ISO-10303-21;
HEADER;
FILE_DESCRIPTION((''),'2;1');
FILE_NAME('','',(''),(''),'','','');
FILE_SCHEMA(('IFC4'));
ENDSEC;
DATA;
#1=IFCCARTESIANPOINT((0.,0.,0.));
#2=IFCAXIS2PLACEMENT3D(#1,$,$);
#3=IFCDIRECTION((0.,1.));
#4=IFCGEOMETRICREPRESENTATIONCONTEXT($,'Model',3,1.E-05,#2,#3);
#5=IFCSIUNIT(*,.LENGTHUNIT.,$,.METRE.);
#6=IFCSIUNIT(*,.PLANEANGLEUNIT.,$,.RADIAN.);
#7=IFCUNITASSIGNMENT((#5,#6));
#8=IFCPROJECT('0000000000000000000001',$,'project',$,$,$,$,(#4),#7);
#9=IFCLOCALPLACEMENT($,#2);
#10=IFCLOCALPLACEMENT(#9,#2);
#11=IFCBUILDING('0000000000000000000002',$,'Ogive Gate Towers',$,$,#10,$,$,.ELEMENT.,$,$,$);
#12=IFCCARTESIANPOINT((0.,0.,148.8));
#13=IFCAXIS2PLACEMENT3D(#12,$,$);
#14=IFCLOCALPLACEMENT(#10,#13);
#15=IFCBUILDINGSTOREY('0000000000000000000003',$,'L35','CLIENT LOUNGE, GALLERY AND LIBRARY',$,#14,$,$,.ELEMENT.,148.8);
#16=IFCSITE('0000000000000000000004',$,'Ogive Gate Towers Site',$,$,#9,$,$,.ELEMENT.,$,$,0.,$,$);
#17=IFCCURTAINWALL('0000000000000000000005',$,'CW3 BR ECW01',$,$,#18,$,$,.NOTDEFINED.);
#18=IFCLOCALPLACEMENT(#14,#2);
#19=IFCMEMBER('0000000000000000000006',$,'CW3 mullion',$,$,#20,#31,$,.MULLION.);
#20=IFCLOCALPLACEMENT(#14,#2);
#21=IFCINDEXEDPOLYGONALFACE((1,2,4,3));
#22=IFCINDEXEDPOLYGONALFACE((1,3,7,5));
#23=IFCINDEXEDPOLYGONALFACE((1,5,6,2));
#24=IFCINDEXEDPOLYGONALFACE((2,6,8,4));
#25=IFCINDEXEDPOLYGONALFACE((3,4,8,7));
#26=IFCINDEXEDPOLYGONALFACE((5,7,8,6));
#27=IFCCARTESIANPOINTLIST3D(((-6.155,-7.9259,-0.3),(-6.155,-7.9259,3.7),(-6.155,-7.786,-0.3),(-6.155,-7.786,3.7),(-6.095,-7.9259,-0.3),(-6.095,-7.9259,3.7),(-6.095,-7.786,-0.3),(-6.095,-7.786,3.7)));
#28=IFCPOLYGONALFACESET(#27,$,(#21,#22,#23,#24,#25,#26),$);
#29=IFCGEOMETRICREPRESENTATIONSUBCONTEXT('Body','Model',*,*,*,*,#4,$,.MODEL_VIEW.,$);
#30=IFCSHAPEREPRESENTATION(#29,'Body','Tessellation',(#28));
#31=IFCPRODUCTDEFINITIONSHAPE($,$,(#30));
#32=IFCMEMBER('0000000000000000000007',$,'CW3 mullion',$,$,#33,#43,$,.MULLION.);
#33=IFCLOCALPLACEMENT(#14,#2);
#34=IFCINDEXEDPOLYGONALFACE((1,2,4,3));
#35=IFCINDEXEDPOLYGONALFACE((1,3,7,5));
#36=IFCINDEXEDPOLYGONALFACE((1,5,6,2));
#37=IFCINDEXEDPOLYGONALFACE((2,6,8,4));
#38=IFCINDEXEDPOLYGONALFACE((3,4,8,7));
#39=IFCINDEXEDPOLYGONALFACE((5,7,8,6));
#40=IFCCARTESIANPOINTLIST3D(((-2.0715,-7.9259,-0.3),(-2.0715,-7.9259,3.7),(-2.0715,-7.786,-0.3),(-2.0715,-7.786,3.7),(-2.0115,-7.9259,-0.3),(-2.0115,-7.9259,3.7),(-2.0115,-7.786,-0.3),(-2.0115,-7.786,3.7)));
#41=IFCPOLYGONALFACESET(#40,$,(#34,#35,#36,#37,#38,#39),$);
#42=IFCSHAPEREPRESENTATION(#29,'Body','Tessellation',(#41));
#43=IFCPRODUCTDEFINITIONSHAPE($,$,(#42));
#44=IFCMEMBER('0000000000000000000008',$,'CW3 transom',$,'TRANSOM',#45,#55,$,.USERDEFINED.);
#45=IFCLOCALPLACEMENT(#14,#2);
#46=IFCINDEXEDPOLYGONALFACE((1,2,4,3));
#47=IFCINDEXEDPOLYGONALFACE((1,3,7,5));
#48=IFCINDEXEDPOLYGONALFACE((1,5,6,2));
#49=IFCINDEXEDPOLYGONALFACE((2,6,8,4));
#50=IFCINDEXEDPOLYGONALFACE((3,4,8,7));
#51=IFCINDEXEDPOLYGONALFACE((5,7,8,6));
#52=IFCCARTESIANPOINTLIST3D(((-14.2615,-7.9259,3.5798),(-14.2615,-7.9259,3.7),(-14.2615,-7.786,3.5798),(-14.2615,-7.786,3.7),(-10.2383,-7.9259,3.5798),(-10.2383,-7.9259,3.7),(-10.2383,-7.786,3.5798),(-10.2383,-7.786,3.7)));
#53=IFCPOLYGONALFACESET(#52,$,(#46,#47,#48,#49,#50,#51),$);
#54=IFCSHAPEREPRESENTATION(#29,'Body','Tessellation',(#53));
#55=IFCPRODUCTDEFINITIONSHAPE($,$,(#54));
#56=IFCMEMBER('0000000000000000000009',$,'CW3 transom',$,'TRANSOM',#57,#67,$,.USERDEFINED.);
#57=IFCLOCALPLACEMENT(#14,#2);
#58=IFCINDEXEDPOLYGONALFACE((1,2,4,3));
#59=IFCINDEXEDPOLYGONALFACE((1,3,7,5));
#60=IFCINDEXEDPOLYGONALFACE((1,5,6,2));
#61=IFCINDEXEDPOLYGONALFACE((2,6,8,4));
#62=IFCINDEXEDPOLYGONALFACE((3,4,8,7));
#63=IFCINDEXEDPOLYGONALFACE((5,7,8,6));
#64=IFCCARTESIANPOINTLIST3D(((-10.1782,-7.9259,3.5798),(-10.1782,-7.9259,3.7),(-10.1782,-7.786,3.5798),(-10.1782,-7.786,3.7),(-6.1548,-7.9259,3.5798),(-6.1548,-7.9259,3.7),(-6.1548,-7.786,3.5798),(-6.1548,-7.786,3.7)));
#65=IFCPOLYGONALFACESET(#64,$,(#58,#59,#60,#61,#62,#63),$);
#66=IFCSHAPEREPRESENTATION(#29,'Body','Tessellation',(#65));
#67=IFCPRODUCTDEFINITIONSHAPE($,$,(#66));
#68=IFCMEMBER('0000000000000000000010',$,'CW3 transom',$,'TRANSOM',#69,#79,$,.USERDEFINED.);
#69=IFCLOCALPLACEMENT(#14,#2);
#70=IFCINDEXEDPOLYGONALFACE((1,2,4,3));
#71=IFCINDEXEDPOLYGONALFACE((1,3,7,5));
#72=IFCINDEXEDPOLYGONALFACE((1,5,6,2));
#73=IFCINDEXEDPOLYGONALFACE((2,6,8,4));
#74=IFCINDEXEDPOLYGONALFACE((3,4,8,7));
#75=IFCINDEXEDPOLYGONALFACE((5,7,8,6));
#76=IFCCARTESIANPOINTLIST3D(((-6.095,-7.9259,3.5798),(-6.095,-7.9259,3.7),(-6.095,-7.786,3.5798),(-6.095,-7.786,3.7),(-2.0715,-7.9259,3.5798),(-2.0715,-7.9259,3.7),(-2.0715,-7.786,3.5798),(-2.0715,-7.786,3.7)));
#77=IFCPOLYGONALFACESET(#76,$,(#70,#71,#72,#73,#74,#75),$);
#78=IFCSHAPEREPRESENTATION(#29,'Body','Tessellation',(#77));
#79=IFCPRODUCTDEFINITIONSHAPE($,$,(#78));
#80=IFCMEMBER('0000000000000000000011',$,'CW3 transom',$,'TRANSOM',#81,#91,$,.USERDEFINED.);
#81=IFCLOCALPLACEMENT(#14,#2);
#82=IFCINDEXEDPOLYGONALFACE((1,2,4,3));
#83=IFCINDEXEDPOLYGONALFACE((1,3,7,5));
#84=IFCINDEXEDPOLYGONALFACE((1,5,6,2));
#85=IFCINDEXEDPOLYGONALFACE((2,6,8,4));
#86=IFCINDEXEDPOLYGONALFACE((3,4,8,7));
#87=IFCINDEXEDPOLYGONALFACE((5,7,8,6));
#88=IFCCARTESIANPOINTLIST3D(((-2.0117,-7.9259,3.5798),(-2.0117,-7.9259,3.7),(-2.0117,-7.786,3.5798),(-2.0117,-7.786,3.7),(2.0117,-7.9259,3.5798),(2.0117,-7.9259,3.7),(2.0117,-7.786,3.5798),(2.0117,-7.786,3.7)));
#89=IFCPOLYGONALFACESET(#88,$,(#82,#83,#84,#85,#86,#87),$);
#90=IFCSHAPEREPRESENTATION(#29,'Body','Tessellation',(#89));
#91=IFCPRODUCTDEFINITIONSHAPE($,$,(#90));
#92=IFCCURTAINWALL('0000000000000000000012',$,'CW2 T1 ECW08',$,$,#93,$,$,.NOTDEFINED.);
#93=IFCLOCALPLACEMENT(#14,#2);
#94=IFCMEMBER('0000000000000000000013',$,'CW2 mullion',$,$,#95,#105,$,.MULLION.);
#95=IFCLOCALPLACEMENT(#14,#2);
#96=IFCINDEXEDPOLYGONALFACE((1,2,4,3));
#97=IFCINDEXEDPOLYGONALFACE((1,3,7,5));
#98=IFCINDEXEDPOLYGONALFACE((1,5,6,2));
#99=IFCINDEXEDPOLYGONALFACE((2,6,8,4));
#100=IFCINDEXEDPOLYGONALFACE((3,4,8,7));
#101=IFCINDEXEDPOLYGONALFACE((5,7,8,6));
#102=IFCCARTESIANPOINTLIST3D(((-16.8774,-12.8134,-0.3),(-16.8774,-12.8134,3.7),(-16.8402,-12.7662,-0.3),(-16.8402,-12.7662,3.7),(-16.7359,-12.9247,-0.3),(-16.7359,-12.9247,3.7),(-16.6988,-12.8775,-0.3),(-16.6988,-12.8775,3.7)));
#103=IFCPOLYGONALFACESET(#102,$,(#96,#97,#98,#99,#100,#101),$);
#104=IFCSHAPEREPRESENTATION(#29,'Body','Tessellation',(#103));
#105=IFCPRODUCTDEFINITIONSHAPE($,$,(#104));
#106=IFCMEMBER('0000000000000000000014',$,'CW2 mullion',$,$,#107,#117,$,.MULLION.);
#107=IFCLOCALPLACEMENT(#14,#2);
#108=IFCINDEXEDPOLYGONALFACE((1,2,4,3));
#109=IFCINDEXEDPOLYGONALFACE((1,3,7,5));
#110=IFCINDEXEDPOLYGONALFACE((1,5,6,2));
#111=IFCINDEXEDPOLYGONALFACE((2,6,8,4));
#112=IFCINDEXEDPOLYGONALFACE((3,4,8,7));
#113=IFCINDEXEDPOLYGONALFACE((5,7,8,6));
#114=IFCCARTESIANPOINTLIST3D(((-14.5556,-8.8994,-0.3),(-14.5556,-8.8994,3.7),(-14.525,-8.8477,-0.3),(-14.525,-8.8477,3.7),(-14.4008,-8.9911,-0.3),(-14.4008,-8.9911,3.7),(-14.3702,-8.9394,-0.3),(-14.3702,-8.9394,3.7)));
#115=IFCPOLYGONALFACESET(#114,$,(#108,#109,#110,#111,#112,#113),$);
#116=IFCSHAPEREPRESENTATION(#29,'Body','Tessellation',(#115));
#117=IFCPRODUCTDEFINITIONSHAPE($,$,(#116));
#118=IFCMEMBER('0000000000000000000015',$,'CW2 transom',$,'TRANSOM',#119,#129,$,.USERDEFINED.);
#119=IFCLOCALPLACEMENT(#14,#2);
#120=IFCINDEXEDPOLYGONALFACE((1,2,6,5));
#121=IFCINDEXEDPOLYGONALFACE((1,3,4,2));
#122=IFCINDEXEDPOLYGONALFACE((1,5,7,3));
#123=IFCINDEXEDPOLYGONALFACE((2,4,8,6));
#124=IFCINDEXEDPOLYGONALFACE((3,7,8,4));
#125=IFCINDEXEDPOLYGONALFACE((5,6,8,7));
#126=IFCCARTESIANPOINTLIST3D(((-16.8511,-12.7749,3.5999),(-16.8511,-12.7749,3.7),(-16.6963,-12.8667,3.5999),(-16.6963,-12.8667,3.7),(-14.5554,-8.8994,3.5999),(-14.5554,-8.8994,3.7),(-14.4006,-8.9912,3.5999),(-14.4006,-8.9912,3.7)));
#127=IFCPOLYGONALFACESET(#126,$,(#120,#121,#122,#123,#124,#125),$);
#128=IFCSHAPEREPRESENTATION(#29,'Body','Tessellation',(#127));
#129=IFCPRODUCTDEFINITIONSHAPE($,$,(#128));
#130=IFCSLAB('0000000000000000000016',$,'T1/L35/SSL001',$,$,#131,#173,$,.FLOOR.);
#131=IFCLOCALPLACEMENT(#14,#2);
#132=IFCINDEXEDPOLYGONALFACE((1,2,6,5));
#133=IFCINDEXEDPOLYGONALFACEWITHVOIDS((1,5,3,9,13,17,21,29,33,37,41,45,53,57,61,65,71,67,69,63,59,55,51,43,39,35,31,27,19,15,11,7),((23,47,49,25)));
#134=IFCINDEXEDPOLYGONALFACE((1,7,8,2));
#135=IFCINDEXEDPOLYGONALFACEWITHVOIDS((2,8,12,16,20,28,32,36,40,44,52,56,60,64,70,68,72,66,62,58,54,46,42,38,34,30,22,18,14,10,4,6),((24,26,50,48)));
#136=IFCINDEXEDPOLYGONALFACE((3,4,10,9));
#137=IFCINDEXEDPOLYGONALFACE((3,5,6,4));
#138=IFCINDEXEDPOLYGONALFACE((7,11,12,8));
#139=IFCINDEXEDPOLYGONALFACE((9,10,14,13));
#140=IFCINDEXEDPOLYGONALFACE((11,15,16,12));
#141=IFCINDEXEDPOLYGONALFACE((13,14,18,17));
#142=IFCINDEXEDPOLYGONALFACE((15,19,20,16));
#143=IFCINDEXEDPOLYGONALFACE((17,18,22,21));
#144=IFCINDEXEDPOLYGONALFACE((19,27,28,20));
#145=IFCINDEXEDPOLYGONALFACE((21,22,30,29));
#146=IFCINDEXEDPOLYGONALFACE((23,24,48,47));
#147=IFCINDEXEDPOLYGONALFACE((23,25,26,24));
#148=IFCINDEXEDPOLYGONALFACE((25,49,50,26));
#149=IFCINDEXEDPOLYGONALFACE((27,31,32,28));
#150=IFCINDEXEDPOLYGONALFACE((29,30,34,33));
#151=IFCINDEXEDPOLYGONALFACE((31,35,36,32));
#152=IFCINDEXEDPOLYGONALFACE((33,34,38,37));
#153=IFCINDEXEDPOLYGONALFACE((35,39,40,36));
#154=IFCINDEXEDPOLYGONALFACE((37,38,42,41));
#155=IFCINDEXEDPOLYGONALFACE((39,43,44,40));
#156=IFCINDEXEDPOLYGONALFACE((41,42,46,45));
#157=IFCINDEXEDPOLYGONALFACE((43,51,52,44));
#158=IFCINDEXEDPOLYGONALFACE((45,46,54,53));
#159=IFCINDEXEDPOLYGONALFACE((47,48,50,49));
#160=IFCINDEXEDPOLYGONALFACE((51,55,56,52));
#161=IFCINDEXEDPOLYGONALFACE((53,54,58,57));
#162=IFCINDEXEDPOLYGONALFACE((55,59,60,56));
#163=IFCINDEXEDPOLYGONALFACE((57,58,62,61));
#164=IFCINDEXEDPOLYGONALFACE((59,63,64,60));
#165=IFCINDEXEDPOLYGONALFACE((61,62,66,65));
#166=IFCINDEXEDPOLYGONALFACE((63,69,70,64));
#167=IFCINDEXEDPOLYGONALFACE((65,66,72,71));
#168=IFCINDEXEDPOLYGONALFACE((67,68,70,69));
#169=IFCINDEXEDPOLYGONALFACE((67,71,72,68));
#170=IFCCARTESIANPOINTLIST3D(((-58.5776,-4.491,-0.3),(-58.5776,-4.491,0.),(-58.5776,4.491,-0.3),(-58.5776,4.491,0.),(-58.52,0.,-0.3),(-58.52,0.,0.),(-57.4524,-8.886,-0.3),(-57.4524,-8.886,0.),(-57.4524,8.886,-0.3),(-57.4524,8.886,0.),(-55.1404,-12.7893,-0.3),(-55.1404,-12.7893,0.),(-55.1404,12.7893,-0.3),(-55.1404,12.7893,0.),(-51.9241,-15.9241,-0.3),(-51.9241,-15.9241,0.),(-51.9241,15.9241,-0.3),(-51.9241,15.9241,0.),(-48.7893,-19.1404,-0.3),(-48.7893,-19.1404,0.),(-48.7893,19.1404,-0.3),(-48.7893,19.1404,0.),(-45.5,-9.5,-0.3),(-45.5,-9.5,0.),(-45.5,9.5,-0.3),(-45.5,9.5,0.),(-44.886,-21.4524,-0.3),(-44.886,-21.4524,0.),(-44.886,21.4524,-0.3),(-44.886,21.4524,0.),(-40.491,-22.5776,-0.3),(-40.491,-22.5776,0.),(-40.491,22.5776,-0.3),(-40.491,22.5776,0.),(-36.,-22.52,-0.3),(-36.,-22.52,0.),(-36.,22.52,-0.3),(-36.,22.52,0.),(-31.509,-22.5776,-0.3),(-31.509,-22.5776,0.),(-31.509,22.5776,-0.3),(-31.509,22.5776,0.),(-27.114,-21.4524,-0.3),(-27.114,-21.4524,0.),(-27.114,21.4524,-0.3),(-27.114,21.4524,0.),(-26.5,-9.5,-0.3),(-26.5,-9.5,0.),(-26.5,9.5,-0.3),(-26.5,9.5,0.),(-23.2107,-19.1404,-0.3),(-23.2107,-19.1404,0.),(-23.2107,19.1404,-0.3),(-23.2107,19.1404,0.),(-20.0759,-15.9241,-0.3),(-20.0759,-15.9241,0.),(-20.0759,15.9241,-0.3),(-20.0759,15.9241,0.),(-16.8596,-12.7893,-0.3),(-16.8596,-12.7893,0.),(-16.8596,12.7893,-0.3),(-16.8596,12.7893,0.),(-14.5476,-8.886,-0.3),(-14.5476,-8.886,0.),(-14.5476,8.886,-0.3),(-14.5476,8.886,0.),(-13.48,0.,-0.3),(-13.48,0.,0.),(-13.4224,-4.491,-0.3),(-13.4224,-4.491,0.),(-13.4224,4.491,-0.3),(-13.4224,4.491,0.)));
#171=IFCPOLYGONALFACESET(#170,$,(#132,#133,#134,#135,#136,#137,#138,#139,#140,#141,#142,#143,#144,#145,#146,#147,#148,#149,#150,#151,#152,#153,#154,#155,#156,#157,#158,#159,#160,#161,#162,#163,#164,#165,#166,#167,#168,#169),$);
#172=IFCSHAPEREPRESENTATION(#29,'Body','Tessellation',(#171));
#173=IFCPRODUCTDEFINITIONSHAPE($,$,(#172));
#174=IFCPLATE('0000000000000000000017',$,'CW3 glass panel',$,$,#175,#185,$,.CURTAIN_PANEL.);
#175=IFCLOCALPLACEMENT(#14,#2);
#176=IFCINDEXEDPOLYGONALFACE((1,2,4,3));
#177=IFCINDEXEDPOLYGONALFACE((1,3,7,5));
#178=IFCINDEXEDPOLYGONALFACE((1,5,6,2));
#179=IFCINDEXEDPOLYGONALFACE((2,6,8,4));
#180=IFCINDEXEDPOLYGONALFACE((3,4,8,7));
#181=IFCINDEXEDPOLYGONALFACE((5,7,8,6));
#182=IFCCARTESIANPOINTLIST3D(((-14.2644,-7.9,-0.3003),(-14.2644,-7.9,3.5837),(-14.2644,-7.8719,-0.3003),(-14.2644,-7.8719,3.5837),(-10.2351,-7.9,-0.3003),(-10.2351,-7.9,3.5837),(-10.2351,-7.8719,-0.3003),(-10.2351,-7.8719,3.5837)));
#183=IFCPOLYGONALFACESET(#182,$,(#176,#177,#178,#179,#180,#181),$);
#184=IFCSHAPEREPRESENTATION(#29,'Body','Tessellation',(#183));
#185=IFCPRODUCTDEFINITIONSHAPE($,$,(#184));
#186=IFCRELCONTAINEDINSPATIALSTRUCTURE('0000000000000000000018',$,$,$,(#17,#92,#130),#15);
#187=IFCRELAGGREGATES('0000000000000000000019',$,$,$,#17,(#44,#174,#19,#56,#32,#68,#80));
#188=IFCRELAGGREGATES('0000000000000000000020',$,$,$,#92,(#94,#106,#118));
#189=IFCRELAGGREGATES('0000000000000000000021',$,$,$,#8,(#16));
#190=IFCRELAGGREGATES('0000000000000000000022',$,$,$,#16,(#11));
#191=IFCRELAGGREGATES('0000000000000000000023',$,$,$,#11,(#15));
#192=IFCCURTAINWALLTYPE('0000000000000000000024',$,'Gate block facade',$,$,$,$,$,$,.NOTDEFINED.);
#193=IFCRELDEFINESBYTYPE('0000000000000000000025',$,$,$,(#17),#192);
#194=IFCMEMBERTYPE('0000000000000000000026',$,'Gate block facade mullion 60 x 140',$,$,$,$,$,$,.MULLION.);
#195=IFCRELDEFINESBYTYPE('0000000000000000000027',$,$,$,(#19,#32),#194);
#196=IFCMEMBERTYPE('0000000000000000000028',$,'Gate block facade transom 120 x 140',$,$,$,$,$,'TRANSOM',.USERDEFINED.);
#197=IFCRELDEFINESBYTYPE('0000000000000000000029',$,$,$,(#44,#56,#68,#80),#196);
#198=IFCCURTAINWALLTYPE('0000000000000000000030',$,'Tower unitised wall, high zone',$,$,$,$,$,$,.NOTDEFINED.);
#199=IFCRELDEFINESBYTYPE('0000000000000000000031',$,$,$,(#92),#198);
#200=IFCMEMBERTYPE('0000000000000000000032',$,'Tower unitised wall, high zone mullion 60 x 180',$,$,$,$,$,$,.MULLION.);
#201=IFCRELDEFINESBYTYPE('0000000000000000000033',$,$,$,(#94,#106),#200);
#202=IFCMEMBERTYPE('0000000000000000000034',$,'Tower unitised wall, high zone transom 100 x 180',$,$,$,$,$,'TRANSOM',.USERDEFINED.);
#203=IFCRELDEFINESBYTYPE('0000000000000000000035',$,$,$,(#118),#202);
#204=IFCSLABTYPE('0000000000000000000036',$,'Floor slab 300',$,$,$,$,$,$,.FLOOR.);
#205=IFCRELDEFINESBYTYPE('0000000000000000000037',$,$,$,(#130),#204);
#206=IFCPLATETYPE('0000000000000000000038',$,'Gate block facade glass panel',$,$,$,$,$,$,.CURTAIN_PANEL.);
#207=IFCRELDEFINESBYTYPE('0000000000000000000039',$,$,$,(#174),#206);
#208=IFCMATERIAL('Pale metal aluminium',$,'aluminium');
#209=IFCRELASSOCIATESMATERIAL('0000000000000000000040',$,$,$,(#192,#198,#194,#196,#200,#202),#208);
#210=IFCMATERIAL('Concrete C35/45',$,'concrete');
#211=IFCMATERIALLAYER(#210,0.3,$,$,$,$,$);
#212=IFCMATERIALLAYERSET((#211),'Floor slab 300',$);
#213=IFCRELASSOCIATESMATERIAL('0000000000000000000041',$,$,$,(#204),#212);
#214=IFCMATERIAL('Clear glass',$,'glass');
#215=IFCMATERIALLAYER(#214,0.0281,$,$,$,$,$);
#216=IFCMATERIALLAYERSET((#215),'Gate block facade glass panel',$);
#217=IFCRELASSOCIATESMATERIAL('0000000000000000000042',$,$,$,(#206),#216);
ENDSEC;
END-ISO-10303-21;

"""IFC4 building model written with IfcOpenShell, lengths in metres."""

from ifc_helpers import new_model, si_unit, direction, frame, origin, origin_2d, place, context, subcontext, project, spatial, polyline, rectangle, outline, extrude, material, layer, layer_set, material_profile, profile_set, type_object, element, aggregate, save


model = new_model("IFC4")

# Units and contexts
model_context = context("Model", 3, precision=1e-05, world=origin(), true_north=direction((0.0, 1.0)))
body_context = subcontext(model_context, "Body", "Model", "MODEL_VIEW")
ifc_project = project(units=[si_unit("LENGTHUNIT", "METRE"), si_unit("PLANEANGLEUNIT", "RADIAN")], contexts=[model_context])

# Site, building, storey
site_placement = place(None, origin())
site = spatial("IfcSite", under=ifc_project, at=site_placement, Name="Ogive Gate Towers Site", CompositionType="ELEMENT", RefElevation=0.0)
building_placement = place(site_placement, origin())
building = spatial("IfcBuilding", under=site, at=building_placement, Name="Ogive Gate Towers", CompositionType="ELEMENT")
storey_placement = place(building_placement, frame((0.0, 0.0, 148.8)))
storey = spatial("IfcBuildingStorey", under=building, at=storey_placement, Name="L35", Description="CLIENT LOUNGE, GALLERY AND LIBRARY", CompositionType="ELEMENT", Elevation=148.8)

# Curtain walls, members
ifc_material_1 = material(Name="Pale metal aluminium", Category="aluminium")
curtain_wall_type_1 = type_object("IfcCurtainWallType", Name="Gate block facade", PredefinedType="NOTDEFINED", material=ifc_material_1)
curtain_wall_1_placement = place(storey_placement, origin())
curtain_wall_1 = element("IfcCurtainWall", 1, at=curtain_wall_1_placement, inside=storey, type_object=curtain_wall_type_1, Name="CW3 BR ECW01", PredefinedType="NOTDEFINED")
ifc_material_profile_1 = material_profile(ifc_material_1, rectangle(XDim=0.1399, YDim=0.0601, at=origin_2d()), Name="60 x 140 aluminium box")
ifc_profile_set_1 = profile_set([ifc_material_profile_1], Name="Pale metal aluminium")
member_type_1 = type_object("IfcMemberType", Name="Gate block facade mullion 60 x 140", PredefinedType="MULLION", material=ifc_profile_set_1)
member_1_placement = place(storey_placement, frame((-6.125, -7.856, -0.3), z_axis=(0.0, 0.0, 1.0), x_axis=(0.0, -1.0, 0.0)))
member_1 = element("IfcMember", 2, at=member_1_placement, type_object=member_type_1, Name="CW3 mullion", PredefinedType="MULLION", context=body_context, shape_type="SweptSolid", body=[
    extrude(rectangle(XDim=0.1399, YDim=0.0601, at=origin_2d()), origin(), (0.0, 0.0, 1.0), 4.0),
])
member_2_placement = place(storey_placement, frame((-2.0415, -7.856, -0.3), z_axis=(0.0, 0.0, 1.0), x_axis=(0.0, -1.0, 0.0)))
member_2 = element("IfcMember", 3, at=member_2_placement, type_object=member_type_1, Name="CW3 mullion", PredefinedType="MULLION", context=body_context, shape_type="SweptSolid", body=[
    extrude(rectangle(XDim=0.1399, YDim=0.0601, at=origin_2d()), origin(), (0.0, 0.0, 1.0), 4.0),
])
ifc_material_profile_2 = material_profile(ifc_material_1, rectangle(XDim=0.1399, YDim=0.1201, at=origin_2d()), Name="120 x 140 aluminium box")
ifc_profile_set_2 = profile_set([ifc_material_profile_2], Name="Pale metal aluminium")
member_type_2 = type_object("IfcMemberType", Name="Gate block facade transom 120 x 140", ElementType="TRANSOM", PredefinedType="USERDEFINED", material=ifc_profile_set_2)
member_3_placement = place(storey_placement, frame((-14.2615, -7.856, 3.6399), z_axis=(1.0, 0.0, 0.0), x_axis=(0.0, 1.0, 0.0)))
member_3 = element("IfcMember", 4, at=member_3_placement, type_object=member_type_2, Name="CW3 transom", ObjectType="TRANSOM", PredefinedType="USERDEFINED", context=body_context, shape_type="SweptSolid", body=[
    extrude(rectangle(XDim=0.1399, YDim=0.1201, at=origin_2d()), origin(), (0.0, 0.0, 1.0), 4.0232),
])
member_4_placement = place(storey_placement, frame((-10.1782, -7.856, 3.6399), z_axis=(1.0, 0.0, 0.0), x_axis=(0.0, 1.0, 0.0)))
member_4 = element("IfcMember", 5, at=member_4_placement, type_object=member_type_2, Name="CW3 transom", ObjectType="TRANSOM", PredefinedType="USERDEFINED", context=body_context, shape_type="SweptSolid", body=[
    extrude(rectangle(XDim=0.1399, YDim=0.1201, at=origin_2d()), origin(), (0.0, 0.0, 1.0), 4.0234),
])
member_5_placement = place(storey_placement, frame((-6.095, -7.856, 3.6399), z_axis=(1.0, 0.0, 0.0), x_axis=(0.0, 1.0, 0.0)))
member_5 = element("IfcMember", 6, at=member_5_placement, type_object=member_type_2, Name="CW3 transom", ObjectType="TRANSOM", PredefinedType="USERDEFINED", context=body_context, shape_type="SweptSolid", body=[
    extrude(rectangle(XDim=0.1399, YDim=0.1201, at=origin_2d()), origin(), (0.0, 0.0, 1.0), 4.0234),
])
member_6_placement = place(storey_placement, frame((-2.0117, -7.856, 3.6399), z_axis=(1.0, 0.0, 0.0), x_axis=(0.0, 1.0, 0.0)))
member_6 = element("IfcMember", 7, at=member_6_placement, type_object=member_type_2, Name="CW3 transom", ObjectType="TRANSOM", PredefinedType="USERDEFINED", context=body_context, shape_type="SweptSolid", body=[
    extrude(rectangle(XDim=0.1399, YDim=0.1201, at=origin_2d()), origin(), (0.0, 0.0, 1.0), 4.0234),
])
curtain_wall_type_2 = type_object("IfcCurtainWallType", Name="Tower unitised wall, high zone", PredefinedType="NOTDEFINED", material=ifc_material_1)
curtain_wall_2_placement = place(storey_placement, origin())
curtain_wall_2 = element("IfcCurtainWall", 8, at=curtain_wall_2_placement, inside=storey, type_object=curtain_wall_type_2, Name="CW2 T1 ECW08", PredefinedType="NOTDEFINED")
ifc_material_profile_3 = material_profile(ifc_material_1, rectangle(XDim=0.1799, YDim=0.0601, at=origin_2d()), Name="60 x 180 aluminium box")
ifc_profile_set_3 = profile_set([ifc_material_profile_3], Name="Pale metal aluminium")
member_type_3 = type_object("IfcMemberType", Name="Tower unitised wall, high zone mullion 60 x 180", PredefinedType="MULLION", material=ifc_profile_set_3)
member_7_placement = place(storey_placement, frame((-16.7881, -12.8455, -0.3), z_axis=(0.0, 0.0, 1.0), x_axis=(0.785997, -0.61823, 0.0)))
member_7 = element("IfcMember", 9, at=member_7_placement, type_object=member_type_3, Name="CW2 mullion", PredefinedType="MULLION", context=body_context, shape_type="SweptSolid", body=[
    extrude(rectangle(XDim=0.1799, YDim=0.0601, at=origin_2d()), origin(), (0.0, 0.0, 1.0), 4.0),
])
member_8_placement = place(storey_placement, frame((-14.4629, -8.9194, -0.3), z_axis=(0.0, 0.0, 1.0), x_axis=(0.860386, -0.509642, 0.0)))
member_8 = element("IfcMember", 10, at=member_8_placement, type_object=member_type_3, Name="CW2 mullion", PredefinedType="MULLION", context=body_context, shape_type="SweptSolid", body=[
    extrude(rectangle(XDim=0.1799, YDim=0.0601, at=origin_2d()), origin(), (0.0, 0.0, 1.0), 4.0),
])
ifc_material_profile_4 = material_profile(ifc_material_1, rectangle(XDim=0.1799, YDim=0.1001, at=origin_2d()), Name="100 x 180 aluminium box")
ifc_profile_set_4 = profile_set([ifc_material_profile_4], Name="Pale metal aluminium")
member_type_4 = type_object("IfcMemberType", Name="Tower unitised wall, high zone transom 100 x 180", ElementType="TRANSOM", PredefinedType="USERDEFINED", material=ifc_profile_set_4)
member_9_placement = place(storey_placement, frame((-16.7737, -12.8208, 3.6499), z_axis=(0.509649, 0.860382, 0.0), x_axis=(-0.860382, 0.509649, 0.0)))
member_9 = element("IfcMember", 11, at=member_9_placement, type_object=member_type_4, Name="CW2 transom", ObjectType="TRANSOM", PredefinedType="USERDEFINED", context=body_context, shape_type="SweptSolid", body=[
    extrude(rectangle(XDim=0.1799, YDim=0.1001, at=origin_2d()), origin(), (0.0, 0.0, 1.0), 4.5044),
])

# Slab
ifc_material_2 = material(Name="Concrete C35/45", Category="concrete")
ifc_layer_1 = layer(ifc_material_2, 0.3)
ifc_layer_set_1 = layer_set([ifc_layer_1], Name="Floor slab 300")
slab_type = type_object("IfcSlabType", Name="Floor slab 300", PredefinedType="FLOOR", material=ifc_layer_set_1)
slab_placement = place(storey_placement, frame((0.0, 0.0, -0.3)))
element("IfcSlab", 12, at=slab_placement, inside=storey, type_object=slab_type, Name="T1/L35/SSL001", PredefinedType="FLOOR", context=body_context, shape_type="SweptSolid", body=[
    extrude(outline(polyline([(-13.4224, -4.491), (-13.48, 0.0), (-13.4224, 4.491), (-14.5476, 8.886), (-16.8596, 12.7893), (-20.0759, 15.9241), (-23.2107, 19.1404), (-27.114, 21.4524), (-31.509, 22.5776), (-36.0, 22.52), (-40.491, 22.5776), (-44.886, 21.4524), (-48.7893, 19.1404), (-51.9241, 15.9241), (-55.1404, 12.7893), (-57.4524, 8.886), (-58.5776, 4.491), (-58.52, 0.0), (-58.5776, -4.491), (-57.4524, -8.886), (-55.1404, -12.7893), (-51.9241, -15.9241), (-48.7893, -19.1404), (-44.886, -21.4524), (-40.491, -22.5776), (-36.0, -22.52), (-31.509, -22.5776), (-27.114, -21.4524), (-23.2107, -19.1404), (-20.0759, -15.9241), (-16.8596, -12.7893), (-14.5476, -8.886), (-13.4224, -4.491)]), holes=[polyline([(-26.5, -9.5), (-45.5, -9.5), (-45.5, 9.5), (-26.5, 9.5), (-26.5, -9.5)])]), origin(), (0.0, 0.0, 1.0), 0.3),
])

# Plate
ifc_material_3 = material(Name="Clear glass", Category="glass")
ifc_layer_2 = layer(ifc_material_3, 0.0281)
ifc_layer_set_2 = layer_set([ifc_layer_2], Name="Gate block facade glass panel")
plate_type_1 = type_object("IfcPlateType", Name="Gate block facade glass panel", PredefinedType="CURTAIN_PANEL", material=ifc_layer_set_2)
plate_1_placement = place(storey_placement, frame((-12.2498, -7.886, -0.3003), z_axis=(0.0, 0.0, 1.0), x_axis=(1.0, 0.0, 0.0)))
plate_1 = element("IfcPlate", 13, at=plate_1_placement, type_object=plate_type_1, Name="CW3 glass panel", PredefinedType="CURTAIN_PANEL", context=body_context, shape_type="SweptSolid", body=[
    extrude(rectangle(XDim=4.0293, YDim=0.0281, at=origin_2d()), origin(), (0.0, 0.0, 1.0), 3.884),
])
aggregate(curtain_wall_1, [member_3, plate_1, member_1, member_4, member_2, member_5, member_6])
aggregate(curtain_wall_2, [member_7, member_8, member_9])

save(model, "model.ifc")
